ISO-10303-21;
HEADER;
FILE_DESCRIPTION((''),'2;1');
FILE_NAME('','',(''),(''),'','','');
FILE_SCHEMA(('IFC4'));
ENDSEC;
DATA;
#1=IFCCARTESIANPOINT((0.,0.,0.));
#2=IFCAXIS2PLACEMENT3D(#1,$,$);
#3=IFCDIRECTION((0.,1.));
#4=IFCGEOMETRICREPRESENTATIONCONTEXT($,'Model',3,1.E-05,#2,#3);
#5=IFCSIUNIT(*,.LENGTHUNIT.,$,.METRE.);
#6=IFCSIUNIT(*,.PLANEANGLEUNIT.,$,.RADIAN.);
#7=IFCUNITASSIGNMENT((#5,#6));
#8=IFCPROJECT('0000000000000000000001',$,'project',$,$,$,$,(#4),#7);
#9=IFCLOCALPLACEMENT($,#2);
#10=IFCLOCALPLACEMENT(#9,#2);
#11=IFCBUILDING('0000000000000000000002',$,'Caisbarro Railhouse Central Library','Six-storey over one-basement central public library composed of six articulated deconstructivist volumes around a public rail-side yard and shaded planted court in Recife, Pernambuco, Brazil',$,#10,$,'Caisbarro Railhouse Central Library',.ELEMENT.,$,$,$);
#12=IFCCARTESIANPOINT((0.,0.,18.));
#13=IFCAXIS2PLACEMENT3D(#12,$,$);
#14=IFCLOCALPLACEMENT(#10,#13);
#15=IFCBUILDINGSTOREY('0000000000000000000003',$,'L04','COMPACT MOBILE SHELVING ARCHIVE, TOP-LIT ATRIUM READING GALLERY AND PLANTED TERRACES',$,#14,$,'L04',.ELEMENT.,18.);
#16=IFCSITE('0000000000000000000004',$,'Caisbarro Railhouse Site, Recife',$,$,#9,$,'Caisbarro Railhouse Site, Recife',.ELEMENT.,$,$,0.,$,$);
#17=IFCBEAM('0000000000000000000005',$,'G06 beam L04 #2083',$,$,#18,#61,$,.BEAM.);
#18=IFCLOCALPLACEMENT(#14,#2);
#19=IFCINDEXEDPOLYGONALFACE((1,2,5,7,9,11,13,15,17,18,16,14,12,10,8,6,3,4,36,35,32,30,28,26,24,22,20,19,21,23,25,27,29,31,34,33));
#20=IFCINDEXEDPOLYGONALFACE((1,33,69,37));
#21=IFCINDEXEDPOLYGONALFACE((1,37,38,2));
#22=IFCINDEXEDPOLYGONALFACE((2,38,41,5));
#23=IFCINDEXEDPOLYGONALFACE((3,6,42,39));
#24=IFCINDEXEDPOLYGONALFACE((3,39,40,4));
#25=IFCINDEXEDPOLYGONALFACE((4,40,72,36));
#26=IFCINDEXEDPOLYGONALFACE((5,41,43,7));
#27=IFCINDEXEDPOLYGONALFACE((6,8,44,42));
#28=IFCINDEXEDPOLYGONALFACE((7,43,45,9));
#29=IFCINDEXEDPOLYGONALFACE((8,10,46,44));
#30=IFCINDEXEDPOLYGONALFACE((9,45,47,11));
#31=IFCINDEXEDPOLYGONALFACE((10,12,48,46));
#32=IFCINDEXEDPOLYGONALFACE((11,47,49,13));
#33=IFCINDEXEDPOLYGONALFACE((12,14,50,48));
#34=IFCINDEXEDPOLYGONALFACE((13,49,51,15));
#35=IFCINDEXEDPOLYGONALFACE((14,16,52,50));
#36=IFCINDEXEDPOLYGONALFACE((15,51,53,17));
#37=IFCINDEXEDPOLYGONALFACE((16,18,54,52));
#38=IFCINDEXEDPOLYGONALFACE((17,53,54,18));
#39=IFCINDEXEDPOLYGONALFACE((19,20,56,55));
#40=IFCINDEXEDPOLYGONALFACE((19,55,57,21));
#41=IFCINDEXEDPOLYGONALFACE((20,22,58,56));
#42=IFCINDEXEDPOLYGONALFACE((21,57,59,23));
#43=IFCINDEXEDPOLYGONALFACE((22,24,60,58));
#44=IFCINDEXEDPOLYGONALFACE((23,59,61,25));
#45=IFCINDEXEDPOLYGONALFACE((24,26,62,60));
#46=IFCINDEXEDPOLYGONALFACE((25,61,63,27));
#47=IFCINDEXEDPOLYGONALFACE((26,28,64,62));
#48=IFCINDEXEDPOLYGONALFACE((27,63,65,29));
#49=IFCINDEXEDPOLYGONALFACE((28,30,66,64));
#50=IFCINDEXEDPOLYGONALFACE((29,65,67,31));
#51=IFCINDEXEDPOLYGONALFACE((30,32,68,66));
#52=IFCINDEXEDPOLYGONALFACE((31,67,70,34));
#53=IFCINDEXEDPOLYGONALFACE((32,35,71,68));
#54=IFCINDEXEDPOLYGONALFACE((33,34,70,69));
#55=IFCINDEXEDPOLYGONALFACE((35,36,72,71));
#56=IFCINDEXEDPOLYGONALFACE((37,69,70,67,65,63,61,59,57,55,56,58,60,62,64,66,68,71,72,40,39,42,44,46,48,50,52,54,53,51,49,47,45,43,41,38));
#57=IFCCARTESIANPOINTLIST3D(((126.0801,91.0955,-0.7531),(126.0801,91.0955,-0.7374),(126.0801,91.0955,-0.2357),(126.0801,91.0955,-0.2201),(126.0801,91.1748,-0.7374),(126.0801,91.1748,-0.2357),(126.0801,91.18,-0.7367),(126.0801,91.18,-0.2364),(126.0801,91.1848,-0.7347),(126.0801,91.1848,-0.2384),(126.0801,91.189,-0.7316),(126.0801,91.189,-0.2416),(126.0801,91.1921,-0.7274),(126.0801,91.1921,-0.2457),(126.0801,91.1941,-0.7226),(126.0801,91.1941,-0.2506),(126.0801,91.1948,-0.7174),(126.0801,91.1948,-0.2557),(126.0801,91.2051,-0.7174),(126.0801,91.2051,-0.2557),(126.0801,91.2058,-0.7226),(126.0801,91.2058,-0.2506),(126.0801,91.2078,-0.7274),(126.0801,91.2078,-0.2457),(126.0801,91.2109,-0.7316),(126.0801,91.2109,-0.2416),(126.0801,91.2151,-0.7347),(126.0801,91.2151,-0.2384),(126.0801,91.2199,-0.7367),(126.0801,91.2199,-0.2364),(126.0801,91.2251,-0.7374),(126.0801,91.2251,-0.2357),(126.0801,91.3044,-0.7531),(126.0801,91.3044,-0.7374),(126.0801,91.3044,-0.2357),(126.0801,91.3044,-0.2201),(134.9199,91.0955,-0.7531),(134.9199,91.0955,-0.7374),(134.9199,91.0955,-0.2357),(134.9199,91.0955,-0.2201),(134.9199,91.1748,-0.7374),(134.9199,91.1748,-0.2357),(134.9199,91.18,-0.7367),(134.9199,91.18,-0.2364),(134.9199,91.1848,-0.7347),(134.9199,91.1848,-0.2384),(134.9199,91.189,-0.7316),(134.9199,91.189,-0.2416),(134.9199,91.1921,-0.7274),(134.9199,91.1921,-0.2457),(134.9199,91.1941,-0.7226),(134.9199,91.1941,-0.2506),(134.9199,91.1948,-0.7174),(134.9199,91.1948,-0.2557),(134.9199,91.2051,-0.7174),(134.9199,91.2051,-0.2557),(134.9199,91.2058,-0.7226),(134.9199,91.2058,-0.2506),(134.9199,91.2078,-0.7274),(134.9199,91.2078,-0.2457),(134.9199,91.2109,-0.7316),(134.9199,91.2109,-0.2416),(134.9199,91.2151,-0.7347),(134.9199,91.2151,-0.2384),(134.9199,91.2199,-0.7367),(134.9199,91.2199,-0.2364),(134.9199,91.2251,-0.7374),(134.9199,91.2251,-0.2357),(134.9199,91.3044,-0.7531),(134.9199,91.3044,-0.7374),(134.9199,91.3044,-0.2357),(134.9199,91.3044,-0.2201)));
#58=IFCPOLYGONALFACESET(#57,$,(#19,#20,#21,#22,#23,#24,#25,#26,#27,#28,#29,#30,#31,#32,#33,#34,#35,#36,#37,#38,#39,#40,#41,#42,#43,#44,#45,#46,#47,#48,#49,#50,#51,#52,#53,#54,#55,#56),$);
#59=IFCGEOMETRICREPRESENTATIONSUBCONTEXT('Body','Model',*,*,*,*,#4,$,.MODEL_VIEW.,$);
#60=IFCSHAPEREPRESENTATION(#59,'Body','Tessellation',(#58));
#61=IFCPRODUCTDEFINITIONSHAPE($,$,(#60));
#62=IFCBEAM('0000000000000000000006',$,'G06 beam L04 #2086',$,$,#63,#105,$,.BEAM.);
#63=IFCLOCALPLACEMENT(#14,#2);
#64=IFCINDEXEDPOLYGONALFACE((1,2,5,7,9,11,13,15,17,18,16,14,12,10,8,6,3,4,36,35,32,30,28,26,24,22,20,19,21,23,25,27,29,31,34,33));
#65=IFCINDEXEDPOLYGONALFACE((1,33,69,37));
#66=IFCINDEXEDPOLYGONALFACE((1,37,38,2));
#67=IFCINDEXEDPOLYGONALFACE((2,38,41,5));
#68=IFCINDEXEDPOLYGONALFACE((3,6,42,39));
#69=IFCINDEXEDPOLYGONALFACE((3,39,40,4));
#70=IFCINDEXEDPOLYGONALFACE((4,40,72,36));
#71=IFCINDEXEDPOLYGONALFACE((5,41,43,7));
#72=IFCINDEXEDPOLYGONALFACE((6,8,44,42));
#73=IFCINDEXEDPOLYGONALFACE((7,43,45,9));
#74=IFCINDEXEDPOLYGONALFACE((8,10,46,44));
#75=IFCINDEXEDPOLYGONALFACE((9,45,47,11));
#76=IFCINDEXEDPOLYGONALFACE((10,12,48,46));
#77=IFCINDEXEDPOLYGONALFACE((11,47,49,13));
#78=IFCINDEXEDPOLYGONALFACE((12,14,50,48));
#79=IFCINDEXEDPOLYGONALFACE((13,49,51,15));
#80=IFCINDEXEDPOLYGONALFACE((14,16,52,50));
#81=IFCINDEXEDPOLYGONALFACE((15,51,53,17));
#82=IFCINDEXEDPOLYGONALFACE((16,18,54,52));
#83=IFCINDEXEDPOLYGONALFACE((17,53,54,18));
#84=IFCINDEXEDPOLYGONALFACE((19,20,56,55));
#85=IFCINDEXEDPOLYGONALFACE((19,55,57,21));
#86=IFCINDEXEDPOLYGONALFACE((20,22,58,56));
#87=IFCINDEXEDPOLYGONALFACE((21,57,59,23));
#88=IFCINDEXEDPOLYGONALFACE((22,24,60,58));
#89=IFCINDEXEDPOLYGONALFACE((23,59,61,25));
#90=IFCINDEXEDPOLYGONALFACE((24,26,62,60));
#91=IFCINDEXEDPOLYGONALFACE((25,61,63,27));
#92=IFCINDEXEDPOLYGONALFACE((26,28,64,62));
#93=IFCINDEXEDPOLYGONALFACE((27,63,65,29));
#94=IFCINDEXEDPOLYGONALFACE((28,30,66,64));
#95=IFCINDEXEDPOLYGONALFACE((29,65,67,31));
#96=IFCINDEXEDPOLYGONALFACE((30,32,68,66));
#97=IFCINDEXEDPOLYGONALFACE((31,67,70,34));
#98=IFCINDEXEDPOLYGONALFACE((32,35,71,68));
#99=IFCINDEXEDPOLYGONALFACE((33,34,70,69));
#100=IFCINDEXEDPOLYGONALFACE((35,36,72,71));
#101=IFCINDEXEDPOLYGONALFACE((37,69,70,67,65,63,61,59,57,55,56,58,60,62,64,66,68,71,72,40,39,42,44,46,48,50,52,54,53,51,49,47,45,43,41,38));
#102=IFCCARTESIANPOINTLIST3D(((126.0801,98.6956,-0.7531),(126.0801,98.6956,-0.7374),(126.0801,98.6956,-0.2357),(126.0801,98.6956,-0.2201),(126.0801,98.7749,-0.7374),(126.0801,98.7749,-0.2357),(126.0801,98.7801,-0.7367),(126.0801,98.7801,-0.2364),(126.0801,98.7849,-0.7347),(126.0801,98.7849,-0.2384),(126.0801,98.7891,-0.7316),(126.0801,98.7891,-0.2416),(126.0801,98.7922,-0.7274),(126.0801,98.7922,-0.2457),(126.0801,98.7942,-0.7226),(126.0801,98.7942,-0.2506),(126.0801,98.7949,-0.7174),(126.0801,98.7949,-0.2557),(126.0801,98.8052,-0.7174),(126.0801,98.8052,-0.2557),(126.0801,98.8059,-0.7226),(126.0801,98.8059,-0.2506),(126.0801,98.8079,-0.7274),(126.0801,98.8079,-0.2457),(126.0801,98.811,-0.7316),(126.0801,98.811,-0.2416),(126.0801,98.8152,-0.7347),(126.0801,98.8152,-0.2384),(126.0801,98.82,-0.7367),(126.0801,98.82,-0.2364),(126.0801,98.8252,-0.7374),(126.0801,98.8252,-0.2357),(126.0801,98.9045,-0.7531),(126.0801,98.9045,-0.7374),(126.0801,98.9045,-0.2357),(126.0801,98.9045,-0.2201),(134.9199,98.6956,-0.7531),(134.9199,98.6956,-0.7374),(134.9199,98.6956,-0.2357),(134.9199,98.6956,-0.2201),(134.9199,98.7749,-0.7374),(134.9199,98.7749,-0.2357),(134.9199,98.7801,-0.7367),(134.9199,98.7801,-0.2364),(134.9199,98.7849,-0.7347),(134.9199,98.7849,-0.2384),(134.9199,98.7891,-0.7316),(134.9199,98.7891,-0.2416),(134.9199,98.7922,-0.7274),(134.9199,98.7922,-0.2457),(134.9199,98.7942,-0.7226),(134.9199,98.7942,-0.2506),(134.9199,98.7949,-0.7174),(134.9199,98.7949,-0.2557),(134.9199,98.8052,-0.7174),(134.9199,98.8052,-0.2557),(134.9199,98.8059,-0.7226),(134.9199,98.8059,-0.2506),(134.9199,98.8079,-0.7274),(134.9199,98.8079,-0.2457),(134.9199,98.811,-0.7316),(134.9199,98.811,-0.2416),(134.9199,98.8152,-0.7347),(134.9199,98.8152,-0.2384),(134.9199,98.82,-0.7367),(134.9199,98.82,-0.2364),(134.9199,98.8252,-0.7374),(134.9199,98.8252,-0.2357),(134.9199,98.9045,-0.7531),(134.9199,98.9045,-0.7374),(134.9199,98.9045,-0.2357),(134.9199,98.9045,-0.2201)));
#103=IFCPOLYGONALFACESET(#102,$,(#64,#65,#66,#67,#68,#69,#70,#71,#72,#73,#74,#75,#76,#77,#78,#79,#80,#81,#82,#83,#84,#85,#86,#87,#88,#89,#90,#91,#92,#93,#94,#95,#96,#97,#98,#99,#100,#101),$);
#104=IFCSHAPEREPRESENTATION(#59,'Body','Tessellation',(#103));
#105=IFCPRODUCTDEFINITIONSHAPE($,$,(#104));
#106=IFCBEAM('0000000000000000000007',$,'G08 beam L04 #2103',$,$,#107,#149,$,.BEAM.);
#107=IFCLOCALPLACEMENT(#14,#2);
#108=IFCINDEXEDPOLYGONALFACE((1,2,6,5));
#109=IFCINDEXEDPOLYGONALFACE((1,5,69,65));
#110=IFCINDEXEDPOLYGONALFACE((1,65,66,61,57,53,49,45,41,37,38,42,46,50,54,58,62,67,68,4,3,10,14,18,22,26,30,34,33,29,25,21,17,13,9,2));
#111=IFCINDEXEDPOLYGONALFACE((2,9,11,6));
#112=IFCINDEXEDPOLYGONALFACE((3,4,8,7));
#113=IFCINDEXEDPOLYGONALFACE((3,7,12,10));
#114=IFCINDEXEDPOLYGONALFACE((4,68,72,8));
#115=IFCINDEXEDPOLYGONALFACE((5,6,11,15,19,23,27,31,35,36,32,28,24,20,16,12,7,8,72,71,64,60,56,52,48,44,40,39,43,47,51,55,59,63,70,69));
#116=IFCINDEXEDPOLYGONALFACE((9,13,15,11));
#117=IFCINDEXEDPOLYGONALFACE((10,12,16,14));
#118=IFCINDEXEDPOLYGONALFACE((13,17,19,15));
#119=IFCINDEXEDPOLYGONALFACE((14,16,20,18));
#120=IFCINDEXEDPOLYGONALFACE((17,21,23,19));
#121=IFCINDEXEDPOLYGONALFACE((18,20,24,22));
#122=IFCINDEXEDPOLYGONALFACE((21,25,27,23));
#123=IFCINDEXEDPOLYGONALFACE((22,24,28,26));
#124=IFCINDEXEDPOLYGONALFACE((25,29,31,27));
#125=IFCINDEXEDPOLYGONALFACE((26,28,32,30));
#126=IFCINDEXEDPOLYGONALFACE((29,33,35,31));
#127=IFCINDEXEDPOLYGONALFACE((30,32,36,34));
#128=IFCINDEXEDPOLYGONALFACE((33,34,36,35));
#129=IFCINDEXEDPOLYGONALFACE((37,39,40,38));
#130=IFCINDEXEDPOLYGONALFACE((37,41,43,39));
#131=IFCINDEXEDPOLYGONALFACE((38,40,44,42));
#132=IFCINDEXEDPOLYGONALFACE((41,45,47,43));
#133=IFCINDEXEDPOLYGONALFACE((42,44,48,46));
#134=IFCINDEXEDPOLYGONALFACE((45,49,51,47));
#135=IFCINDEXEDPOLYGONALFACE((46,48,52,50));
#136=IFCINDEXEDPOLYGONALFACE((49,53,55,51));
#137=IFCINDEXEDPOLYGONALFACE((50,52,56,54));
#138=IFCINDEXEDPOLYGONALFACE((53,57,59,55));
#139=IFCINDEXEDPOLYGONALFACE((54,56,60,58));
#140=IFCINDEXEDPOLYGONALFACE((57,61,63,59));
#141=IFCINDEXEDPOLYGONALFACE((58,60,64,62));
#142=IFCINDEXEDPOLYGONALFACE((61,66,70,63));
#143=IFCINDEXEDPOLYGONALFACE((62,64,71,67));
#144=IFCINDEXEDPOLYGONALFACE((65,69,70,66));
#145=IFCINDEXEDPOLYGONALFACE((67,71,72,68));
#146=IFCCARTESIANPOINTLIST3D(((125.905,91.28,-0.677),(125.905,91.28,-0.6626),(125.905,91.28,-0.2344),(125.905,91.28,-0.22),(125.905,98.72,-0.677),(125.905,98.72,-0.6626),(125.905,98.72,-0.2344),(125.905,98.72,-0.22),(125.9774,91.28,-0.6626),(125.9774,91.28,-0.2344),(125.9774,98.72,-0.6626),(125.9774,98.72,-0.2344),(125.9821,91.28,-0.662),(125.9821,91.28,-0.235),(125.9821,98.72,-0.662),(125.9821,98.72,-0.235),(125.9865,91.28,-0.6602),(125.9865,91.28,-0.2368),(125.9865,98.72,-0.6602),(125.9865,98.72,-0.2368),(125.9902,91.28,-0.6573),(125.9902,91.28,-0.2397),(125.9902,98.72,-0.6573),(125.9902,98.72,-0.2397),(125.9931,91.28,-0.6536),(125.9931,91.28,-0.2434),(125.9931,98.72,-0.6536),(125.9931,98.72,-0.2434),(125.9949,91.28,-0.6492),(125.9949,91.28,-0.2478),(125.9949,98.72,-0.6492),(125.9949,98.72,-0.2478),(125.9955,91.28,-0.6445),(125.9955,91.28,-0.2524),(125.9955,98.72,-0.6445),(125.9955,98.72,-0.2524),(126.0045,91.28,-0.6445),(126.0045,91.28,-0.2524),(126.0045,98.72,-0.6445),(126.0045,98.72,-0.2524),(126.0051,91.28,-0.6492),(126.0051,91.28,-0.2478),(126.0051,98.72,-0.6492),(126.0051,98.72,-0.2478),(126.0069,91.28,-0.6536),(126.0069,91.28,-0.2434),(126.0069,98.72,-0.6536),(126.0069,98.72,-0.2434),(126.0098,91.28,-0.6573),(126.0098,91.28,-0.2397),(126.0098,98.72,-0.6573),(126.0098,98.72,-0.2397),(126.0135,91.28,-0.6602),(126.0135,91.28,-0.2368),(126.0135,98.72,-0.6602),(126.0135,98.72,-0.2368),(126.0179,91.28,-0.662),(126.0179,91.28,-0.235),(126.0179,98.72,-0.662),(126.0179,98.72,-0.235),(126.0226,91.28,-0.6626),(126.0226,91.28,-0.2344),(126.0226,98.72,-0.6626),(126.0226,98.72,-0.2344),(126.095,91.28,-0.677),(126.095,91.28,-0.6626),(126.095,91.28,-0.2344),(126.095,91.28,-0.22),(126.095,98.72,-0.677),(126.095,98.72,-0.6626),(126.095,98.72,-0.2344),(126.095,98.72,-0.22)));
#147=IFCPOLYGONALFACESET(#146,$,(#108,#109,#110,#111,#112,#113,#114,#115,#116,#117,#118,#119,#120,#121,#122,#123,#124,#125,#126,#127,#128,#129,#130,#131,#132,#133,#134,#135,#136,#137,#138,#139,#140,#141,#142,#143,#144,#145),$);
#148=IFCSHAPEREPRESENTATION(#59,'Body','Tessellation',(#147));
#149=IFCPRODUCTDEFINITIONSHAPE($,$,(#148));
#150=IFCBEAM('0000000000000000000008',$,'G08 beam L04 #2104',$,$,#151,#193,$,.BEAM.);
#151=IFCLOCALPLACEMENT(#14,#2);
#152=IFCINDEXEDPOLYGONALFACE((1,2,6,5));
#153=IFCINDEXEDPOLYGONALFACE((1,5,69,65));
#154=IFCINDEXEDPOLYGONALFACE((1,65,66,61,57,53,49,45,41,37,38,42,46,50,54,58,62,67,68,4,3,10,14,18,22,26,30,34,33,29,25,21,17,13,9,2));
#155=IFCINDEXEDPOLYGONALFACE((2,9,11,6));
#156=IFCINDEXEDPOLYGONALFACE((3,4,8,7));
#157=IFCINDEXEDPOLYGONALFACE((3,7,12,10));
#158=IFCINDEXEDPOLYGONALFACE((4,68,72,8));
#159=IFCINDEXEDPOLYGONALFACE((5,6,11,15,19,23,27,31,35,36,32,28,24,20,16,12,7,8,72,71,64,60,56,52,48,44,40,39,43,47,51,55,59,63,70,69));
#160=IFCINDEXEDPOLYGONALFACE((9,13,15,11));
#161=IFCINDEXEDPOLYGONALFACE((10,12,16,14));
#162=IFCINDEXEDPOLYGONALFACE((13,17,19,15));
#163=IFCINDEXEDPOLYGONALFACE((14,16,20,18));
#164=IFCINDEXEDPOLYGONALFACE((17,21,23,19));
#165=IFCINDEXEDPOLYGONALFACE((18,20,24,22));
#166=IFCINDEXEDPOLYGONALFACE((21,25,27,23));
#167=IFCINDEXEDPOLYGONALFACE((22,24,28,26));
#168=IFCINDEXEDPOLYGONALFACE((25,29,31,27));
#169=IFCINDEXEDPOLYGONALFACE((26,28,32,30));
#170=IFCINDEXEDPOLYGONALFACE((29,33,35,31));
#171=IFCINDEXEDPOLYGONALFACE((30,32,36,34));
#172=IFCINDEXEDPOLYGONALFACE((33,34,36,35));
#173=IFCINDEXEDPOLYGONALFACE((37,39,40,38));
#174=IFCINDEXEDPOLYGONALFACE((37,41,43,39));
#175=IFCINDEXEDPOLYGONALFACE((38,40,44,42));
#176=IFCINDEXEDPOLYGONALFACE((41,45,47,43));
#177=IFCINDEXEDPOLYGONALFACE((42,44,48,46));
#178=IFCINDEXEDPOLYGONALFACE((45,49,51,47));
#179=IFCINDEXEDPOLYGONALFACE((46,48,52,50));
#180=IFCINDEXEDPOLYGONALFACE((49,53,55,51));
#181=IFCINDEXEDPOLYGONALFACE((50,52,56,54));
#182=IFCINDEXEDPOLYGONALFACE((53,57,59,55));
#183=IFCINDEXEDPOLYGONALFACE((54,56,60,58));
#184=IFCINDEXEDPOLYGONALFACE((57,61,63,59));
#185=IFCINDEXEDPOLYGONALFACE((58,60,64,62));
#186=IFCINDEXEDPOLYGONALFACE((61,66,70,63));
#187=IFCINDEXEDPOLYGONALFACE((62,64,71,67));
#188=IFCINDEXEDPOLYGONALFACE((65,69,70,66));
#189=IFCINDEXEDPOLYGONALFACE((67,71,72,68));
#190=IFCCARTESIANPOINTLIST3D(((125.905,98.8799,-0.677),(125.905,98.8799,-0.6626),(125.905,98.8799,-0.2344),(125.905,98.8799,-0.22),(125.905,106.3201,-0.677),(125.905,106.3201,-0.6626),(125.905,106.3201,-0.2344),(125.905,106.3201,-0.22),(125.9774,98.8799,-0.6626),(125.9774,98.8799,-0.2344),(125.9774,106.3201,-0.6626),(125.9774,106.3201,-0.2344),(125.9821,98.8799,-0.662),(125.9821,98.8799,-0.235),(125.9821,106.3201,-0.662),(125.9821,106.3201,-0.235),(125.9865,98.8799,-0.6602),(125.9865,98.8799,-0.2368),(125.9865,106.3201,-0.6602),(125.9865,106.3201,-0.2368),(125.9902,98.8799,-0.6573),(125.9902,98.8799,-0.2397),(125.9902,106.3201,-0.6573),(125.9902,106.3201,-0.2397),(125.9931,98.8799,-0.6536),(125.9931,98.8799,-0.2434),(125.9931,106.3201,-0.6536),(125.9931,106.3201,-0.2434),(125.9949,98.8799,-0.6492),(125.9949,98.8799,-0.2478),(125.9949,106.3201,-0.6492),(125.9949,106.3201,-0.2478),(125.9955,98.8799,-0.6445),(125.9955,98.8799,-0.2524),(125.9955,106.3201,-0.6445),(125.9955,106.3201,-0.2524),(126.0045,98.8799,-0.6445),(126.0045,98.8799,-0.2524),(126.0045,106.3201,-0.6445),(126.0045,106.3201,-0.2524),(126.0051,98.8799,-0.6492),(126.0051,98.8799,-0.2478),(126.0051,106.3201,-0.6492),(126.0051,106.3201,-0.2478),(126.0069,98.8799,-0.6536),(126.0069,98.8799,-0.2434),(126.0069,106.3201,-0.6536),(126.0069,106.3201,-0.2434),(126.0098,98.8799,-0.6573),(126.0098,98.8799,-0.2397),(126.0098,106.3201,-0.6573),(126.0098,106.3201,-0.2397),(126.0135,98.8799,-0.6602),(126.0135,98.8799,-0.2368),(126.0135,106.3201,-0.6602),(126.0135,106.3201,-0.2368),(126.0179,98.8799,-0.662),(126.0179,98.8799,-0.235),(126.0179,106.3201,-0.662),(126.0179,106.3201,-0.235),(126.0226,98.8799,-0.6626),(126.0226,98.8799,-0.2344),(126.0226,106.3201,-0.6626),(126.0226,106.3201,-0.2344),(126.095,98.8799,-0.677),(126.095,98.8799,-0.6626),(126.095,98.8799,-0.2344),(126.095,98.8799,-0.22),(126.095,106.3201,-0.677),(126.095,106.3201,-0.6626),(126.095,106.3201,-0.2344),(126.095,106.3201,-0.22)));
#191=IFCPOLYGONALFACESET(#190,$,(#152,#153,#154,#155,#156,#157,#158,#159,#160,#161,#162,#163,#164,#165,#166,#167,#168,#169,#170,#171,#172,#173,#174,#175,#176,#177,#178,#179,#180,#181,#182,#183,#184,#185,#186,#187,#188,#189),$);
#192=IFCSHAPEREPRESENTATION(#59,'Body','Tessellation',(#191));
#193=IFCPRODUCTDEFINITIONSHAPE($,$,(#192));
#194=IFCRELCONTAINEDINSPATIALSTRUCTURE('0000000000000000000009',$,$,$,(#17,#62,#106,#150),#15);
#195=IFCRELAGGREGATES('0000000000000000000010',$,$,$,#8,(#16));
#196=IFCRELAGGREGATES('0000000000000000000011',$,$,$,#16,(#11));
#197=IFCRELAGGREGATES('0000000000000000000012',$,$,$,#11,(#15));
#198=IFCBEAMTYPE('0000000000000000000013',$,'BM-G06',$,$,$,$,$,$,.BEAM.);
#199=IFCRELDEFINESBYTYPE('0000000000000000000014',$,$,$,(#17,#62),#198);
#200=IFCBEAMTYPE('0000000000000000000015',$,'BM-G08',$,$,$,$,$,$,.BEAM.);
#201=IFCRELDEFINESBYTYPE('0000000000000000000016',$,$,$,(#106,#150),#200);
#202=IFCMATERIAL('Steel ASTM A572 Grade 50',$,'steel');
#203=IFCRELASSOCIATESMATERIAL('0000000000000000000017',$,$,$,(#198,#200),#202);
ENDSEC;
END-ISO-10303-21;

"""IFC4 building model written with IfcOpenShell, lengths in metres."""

from ifc_helpers import new_model, si_unit, direction, frame, origin, origin_2d, place, context, subcontext, project, spatial, i_section, extrude, material, material_profile, profile_set, type_object, element, save


model = new_model("IFC4")

# Units and contexts
model_context = context("Model", 3, precision=1e-05, world=origin(), true_north=direction((0.0, 1.0)))
body_context = subcontext(model_context, "Body", "Model", "MODEL_VIEW")
ifc_project = project(units=[si_unit("LENGTHUNIT", "METRE"), si_unit("PLANEANGLEUNIT", "RADIAN")], contexts=[model_context])

# Site, building, storey
site_placement = place(None, origin())
site = spatial("IfcSite", under=ifc_project, at=site_placement, Name="Caisbarro Railhouse Site, Recife", LongName="Caisbarro Railhouse Site, Recife", CompositionType="ELEMENT", RefElevation=0.0)
building_placement = place(site_placement, origin())
building = spatial("IfcBuilding", under=site, at=building_placement, Name="Caisbarro Railhouse Central Library", Description="Six-storey over one-basement central public library composed of six articulated deconstructivist volumes around a public rail-side yard and shaded planted court in Recife, Pernambuco, Brazil", LongName="Caisbarro Railhouse Central Library", CompositionType="ELEMENT")
storey_placement = place(building_placement, frame((0.0, 0.0, 18.0)))
storey = spatial("IfcBuildingStorey", under=building, at=storey_placement, Name="L04", Description="COMPACT MOBILE SHELVING ARCHIVE, TOP-LIT ATRIUM READING GALLERY AND PLANTED TERRACES", LongName="L04", CompositionType="ELEMENT", Elevation=18.0)

# Shared definitions
ifc_material_1 = material(Name="Steel ASTM A572 Grade 50", Category="steel")

# Beams
ifc_material_profile_1 = material_profile(ifc_material_1, i_section(OverallWidth=0.209, OverallDepth=0.533, WebThickness=0.0103, FlangeThickness=0.0156, FilletRadius=0.02, at=origin_2d()), Name="W530X92.0")
ifc_profile_set_1 = profile_set([ifc_material_profile_1], Name="Steel ASTM A572 Grade 50")
beam_type_1 = type_object("IfcBeamType", Name="BM-G06", PredefinedType="BEAM", material=ifc_profile_set_1)
for number, where, z_axis, x_axis, name in (
    (1, (126.0801, 91.2, -0.4866), (1.0, 0.0, 0.0), (0.0, 1.0, 0.0), "G06 beam L04 #2083"),
    (2, (126.0801, 98.8, -0.4866), (1.0, 0.0, 0.0), (0.0, 1.0, 0.0), "G06 beam L04 #2086"),
):
    element("IfcBeam", number, at=place(storey_placement, frame(where, z_axis=z_axis, x_axis=x_axis)), inside=storey, type_object=beam_type_1, Name=name, PredefinedType="BEAM", context=body_context, shape_type="SweptSolid", body=[
        extrude(i_section(OverallWidth=0.209, OverallDepth=0.533, WebThickness=0.0103, FlangeThickness=0.0156, FilletRadius=0.02, at=origin_2d()), origin(), (0.0, 0.0, 1.0), 8.8398),
    ])
ifc_material_profile_2 = material_profile(ifc_material_1, i_section(OverallWidth=0.1899, OverallDepth=0.457, WebThickness=0.009, FlangeThickness=0.0144, FilletRadius=0.0181, at=origin_2d()), Name="W460X74.0")
ifc_profile_set_2 = profile_set([ifc_material_profile_2], Name="Steel ASTM A572 Grade 50")
beam_type_2 = type_object("IfcBeamType", Name="BM-G08", PredefinedType="BEAM", material=ifc_profile_set_2)
beam_1_placement = place(storey_placement, frame((126.0, 91.28, -0.4485), z_axis=(0.0, 1.0, 0.0), x_axis=(-1.0, 0.0, 0.0)))
element("IfcBeam", 3, at=beam_1_placement, inside=storey, type_object=beam_type_2, Name="G08 beam L04 #2103", PredefinedType="BEAM", context=body_context, shape_type="SweptSolid", body=[
    extrude(i_section(OverallWidth=0.1899, OverallDepth=0.457, WebThickness=0.009, FlangeThickness=0.0144, FilletRadius=0.0181, at=origin_2d()), origin(), (0.0, 0.0, 1.0), 7.4399),
])
beam_2_placement = place(storey_placement, frame((126.0, 98.8799, -0.4485), z_axis=(0.0, 1.0, 0.0), x_axis=(-1.0, 0.0, 0.0)))
element("IfcBeam", 4, at=beam_2_placement, inside=storey, type_object=beam_type_2, Name="G08 beam L04 #2104", PredefinedType="BEAM", context=body_context, shape_type="SweptSolid", body=[
    extrude(i_section(OverallWidth=0.1899, OverallDepth=0.457, WebThickness=0.009, FlangeThickness=0.0144, FilletRadius=0.0181, at=origin_2d()), origin(), (0.0, 0.0, 1.0), 7.4402),
])

save(model, "model.ifc")
